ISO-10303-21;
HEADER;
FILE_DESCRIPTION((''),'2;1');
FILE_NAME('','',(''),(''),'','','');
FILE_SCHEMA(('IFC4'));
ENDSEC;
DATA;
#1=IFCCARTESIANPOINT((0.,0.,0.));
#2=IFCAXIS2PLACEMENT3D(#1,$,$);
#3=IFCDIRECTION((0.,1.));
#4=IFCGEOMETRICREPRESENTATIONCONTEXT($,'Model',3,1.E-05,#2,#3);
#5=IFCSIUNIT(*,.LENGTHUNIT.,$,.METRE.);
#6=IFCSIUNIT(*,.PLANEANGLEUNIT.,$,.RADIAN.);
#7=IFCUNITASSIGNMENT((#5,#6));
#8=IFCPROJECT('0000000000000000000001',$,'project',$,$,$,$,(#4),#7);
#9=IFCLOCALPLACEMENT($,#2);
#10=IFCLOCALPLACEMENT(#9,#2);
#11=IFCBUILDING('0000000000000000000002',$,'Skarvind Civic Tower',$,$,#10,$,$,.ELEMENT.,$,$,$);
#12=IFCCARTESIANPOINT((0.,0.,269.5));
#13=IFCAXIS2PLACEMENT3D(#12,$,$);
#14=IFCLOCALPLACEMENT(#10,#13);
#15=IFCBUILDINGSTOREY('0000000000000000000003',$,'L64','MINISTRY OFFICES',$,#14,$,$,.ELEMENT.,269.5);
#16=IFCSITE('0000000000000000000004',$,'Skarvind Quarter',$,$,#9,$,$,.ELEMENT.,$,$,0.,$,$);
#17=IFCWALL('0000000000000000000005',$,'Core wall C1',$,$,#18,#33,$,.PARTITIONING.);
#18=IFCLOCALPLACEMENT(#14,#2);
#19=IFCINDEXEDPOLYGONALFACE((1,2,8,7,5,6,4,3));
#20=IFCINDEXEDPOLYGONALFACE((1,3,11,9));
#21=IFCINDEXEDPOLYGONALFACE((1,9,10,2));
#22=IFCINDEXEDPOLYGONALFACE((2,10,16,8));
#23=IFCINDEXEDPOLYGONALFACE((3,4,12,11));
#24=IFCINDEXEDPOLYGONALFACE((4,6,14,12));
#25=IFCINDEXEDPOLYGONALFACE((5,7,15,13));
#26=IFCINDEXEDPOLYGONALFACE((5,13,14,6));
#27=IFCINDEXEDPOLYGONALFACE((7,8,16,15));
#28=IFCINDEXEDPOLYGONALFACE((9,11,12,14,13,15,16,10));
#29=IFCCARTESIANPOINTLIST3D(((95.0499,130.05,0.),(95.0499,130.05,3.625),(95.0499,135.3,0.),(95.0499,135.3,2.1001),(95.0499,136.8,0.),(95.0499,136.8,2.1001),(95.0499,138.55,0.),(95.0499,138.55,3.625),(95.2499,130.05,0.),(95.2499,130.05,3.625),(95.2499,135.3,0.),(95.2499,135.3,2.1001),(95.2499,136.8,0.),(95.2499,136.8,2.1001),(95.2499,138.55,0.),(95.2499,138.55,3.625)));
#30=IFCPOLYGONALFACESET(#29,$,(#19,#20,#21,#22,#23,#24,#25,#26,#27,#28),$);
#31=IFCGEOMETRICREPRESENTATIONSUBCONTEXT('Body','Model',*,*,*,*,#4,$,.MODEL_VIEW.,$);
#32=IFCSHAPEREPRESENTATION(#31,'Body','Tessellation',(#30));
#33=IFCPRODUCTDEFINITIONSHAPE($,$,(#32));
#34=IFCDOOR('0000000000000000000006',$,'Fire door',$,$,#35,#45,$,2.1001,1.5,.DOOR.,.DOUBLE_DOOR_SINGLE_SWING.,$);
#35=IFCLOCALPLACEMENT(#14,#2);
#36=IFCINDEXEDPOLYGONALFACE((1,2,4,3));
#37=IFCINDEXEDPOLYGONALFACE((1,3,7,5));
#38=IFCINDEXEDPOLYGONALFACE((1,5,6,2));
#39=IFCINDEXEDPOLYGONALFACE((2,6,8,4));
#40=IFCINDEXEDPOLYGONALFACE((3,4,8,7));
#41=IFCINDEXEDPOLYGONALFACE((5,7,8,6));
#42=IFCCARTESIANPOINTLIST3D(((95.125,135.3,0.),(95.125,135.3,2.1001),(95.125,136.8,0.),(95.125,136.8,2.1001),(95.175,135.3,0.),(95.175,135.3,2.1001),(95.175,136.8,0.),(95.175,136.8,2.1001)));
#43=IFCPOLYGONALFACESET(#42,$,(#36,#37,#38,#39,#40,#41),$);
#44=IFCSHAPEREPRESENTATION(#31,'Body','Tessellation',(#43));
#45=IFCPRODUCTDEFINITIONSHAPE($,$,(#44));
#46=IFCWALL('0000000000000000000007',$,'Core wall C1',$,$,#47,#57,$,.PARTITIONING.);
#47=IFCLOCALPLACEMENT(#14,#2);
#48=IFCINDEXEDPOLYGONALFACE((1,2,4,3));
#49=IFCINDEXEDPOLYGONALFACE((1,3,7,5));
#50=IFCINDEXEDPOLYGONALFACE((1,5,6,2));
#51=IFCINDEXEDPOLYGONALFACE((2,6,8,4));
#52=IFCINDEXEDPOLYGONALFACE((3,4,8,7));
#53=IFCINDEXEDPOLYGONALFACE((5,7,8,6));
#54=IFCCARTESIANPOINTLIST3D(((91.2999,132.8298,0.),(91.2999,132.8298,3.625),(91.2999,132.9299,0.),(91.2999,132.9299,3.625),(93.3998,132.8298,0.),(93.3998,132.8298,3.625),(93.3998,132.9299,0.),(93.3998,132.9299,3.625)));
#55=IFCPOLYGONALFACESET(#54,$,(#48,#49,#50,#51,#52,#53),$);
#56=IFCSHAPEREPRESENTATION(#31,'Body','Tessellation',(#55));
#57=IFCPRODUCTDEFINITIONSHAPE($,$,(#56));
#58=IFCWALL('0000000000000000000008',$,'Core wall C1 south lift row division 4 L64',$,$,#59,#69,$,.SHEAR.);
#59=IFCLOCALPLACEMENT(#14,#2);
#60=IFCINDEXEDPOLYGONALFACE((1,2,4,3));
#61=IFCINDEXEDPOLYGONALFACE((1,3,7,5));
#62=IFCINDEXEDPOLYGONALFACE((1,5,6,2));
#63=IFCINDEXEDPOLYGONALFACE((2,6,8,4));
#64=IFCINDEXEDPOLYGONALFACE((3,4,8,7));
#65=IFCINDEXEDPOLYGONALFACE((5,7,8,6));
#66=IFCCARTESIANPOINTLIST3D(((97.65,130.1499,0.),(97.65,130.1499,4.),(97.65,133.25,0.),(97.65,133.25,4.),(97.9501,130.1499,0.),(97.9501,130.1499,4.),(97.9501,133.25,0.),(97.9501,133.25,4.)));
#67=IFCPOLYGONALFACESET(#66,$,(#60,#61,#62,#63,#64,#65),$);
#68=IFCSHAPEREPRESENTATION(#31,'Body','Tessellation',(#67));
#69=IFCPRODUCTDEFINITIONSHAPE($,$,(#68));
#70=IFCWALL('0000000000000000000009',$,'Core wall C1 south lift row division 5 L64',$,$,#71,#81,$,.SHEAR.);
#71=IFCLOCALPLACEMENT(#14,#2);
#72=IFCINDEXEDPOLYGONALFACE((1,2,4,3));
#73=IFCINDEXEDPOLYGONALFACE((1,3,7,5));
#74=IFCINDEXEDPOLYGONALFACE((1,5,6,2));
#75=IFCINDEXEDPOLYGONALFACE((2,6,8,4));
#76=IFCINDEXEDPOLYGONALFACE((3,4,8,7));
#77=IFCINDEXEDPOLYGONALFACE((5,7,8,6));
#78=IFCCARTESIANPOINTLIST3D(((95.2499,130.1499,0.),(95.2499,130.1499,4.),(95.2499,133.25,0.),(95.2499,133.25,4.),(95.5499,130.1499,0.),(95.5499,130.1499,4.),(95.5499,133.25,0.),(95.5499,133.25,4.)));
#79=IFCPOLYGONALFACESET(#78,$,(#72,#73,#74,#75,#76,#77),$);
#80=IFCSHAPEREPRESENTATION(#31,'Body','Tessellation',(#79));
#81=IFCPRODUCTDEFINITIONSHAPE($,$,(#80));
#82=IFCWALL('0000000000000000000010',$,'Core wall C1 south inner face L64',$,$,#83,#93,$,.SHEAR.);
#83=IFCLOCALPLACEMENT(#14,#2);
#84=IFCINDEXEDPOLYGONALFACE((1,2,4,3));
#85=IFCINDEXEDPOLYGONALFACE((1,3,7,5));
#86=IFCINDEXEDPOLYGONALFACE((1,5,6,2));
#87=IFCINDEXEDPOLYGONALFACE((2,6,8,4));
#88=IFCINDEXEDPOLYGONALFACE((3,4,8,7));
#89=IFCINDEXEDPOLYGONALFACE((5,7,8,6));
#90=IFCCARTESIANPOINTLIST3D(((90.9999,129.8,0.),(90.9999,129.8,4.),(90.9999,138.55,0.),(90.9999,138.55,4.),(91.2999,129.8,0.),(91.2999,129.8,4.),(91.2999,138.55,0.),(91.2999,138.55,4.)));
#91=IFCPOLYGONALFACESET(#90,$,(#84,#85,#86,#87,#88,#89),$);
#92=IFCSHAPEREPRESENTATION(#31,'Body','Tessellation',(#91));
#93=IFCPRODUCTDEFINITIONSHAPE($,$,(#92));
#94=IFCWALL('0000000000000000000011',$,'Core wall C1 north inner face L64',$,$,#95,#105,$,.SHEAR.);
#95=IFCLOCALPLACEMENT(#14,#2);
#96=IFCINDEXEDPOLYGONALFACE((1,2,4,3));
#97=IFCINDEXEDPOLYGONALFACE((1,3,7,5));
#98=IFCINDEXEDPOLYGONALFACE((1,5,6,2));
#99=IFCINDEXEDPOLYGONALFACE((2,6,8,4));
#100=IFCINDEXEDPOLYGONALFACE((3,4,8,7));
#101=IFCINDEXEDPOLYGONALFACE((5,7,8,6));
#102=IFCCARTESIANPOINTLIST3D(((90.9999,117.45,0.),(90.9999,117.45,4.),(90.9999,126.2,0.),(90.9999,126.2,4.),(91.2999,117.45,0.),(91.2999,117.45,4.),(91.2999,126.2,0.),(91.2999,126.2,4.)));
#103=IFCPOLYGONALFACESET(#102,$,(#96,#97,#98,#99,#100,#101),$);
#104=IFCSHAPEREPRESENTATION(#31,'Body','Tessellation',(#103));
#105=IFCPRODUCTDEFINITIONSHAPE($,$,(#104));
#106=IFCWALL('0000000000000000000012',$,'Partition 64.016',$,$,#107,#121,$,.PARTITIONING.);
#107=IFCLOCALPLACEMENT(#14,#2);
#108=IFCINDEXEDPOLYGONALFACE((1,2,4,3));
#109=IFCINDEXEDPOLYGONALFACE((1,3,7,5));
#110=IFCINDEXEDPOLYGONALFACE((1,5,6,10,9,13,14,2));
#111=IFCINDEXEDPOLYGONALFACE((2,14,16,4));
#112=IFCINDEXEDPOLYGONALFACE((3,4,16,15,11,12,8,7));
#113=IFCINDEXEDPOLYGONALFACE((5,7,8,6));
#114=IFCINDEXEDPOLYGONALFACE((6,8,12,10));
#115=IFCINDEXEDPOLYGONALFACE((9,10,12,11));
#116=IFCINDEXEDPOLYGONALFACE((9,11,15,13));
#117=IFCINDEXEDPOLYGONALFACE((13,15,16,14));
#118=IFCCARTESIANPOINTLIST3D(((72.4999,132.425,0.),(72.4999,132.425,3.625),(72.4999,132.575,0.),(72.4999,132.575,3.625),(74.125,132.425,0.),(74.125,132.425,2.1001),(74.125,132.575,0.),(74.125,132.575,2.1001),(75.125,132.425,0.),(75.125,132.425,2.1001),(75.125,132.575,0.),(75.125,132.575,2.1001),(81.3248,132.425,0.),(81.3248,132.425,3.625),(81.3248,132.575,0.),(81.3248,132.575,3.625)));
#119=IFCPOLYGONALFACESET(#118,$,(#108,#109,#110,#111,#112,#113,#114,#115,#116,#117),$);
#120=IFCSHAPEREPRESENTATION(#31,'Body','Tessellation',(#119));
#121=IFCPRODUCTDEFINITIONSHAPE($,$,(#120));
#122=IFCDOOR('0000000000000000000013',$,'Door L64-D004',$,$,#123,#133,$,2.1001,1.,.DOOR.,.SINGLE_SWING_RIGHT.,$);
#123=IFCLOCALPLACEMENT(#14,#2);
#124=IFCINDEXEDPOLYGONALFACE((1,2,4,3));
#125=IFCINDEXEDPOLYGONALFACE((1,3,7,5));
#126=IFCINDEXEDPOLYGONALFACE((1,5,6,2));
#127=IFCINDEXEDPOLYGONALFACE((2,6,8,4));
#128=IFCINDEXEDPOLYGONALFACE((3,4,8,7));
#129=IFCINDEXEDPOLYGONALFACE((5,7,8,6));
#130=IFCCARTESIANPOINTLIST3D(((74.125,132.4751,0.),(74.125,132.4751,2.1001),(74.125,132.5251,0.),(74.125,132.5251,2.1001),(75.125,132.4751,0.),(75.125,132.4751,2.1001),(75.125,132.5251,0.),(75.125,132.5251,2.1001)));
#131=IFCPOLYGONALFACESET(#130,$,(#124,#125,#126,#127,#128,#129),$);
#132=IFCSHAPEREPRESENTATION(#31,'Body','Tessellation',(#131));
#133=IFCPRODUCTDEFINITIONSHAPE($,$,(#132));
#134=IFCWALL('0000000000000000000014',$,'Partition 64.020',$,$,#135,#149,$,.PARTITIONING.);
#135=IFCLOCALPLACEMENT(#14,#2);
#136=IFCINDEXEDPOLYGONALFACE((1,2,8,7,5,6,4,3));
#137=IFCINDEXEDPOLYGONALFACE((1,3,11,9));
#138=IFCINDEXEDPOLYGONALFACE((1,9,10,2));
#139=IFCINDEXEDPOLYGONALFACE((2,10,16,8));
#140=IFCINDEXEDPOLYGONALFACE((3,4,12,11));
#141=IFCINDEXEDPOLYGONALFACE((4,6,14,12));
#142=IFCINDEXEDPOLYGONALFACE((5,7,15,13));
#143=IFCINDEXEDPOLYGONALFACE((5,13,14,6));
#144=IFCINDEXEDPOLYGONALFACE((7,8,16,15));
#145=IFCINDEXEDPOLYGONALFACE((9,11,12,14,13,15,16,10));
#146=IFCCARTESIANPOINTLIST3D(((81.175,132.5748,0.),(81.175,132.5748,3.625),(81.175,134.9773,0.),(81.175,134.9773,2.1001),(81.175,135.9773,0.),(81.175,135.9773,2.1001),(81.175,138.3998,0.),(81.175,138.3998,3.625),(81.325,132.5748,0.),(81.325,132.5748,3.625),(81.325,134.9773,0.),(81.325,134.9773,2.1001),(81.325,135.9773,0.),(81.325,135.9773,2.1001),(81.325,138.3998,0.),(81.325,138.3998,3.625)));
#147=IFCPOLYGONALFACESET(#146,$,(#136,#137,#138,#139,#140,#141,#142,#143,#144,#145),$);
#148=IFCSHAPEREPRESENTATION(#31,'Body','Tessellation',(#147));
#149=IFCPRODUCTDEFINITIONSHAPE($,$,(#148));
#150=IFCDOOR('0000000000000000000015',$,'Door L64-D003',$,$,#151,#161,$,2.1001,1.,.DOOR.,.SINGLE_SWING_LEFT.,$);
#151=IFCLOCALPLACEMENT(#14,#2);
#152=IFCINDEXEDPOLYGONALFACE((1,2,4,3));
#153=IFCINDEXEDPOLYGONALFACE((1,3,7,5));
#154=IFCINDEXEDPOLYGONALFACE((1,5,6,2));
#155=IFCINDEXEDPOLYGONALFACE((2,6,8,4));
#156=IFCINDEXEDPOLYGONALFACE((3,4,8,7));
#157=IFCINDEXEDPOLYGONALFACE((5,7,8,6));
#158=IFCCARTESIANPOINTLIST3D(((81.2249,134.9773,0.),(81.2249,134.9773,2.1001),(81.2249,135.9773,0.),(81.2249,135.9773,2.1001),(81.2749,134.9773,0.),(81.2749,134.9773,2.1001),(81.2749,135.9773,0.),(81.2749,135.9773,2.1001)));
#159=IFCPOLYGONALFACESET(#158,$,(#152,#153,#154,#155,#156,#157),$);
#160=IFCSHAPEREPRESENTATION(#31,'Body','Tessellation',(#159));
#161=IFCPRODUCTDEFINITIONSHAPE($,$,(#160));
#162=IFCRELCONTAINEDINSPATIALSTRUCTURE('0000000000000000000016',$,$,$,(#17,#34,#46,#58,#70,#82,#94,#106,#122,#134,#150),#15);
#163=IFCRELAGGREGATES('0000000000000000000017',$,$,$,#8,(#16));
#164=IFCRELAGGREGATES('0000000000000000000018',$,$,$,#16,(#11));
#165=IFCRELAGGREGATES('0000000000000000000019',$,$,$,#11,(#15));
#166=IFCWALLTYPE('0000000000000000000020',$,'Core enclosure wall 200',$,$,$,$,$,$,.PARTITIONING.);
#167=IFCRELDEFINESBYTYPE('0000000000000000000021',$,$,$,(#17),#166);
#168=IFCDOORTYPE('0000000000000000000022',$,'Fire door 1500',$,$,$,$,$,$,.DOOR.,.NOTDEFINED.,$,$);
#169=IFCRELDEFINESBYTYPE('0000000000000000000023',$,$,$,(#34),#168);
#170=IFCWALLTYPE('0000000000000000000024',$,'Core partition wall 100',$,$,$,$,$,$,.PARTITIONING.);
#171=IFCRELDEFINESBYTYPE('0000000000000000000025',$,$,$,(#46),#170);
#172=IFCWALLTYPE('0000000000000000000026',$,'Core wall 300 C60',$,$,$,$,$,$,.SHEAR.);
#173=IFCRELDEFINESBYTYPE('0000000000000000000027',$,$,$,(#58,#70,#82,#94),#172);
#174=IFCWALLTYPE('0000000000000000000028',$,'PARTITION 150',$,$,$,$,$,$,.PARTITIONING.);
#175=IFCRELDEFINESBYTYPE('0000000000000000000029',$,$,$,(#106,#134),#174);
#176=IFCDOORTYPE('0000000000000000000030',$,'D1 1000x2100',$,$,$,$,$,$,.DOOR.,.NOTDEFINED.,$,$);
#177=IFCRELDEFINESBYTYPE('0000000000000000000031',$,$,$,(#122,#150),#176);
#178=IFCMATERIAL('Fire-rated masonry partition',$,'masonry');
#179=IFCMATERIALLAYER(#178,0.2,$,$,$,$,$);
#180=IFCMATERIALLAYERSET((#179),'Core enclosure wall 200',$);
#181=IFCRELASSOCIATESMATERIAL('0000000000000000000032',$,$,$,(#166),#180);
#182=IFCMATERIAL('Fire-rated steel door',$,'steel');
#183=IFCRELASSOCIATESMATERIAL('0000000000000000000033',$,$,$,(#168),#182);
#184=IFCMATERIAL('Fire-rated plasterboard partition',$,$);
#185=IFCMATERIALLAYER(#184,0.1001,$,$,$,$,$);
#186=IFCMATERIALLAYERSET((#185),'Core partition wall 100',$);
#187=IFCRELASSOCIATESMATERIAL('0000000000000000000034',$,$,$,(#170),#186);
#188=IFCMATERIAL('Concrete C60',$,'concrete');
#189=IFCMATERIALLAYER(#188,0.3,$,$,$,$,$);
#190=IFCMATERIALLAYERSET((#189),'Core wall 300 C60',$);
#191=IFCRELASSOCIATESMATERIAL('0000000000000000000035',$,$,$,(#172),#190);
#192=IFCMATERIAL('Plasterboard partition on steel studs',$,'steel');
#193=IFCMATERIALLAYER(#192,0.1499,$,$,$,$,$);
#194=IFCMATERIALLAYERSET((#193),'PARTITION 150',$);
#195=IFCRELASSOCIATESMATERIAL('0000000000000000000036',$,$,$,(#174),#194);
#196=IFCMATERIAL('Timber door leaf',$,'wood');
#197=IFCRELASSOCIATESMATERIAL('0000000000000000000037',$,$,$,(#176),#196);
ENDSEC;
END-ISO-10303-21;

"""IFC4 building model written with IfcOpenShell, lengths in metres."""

from ifc_helpers import new_model, si_unit, direction, frame, frame_2d, origin, place, context, subcontext, project, spatial, rectangle, extrude, material, layer, layer_set, type_object, element, fill, save


model = new_model("IFC4")

# Units and contexts
model_context = context("Model", 3, precision=1e-05, world=origin(), true_north=direction((0.0, 1.0)))
body_context = subcontext(model_context, "Body", "Model", "MODEL_VIEW")
ifc_project = project(units=[si_unit("LENGTHUNIT", "METRE"), si_unit("PLANEANGLEUNIT", "RADIAN")], contexts=[model_context])

# Site, building, storey
site_placement = place(None, origin())
site = spatial("IfcSite", under=ifc_project, at=site_placement, Name="Skarvind Quarter", CompositionType="ELEMENT", RefElevation=0.0)
building_placement = place(site_placement, origin())
building = spatial("IfcBuilding", under=site, at=building_placement, Name="Skarvind Civic Tower", CompositionType="ELEMENT")
storey_placement = place(building_placement, frame((0.0, 0.0, 269.5)))
storey = spatial("IfcBuildingStorey", under=building, at=storey_placement, Name="L64", Description="MINISTRY OFFICES", CompositionType="ELEMENT", Elevation=269.5)

# Shared definitions
ifc_material_1 = material(Name="Concrete C60", Category="concrete")

# Wall, opening, door
ifc_material_2 = material(Name="Timber door leaf", Category="wood")
ifc_material_3 = material(Name="Fire-rated masonry partition", Category="masonry")
ifc_layer_1 = layer(ifc_material_3, 0.2)
ifc_layer_set_1 = layer_set([ifc_layer_1], Name="Core enclosure wall 200")
wall_type_1 = type_object("IfcWallType", Name="Core enclosure wall 200", PredefinedType="PARTITIONING", material=ifc_layer_set_1)
ifc_material_4 = material(Name="Fire-rated steel door", Category="steel")
wall_1_placement = place(storey_placement, frame((95.1499, 130.05, 0.0), z_axis=(0.0, 0.0, 1.0), x_axis=(0.0, 1.0, 0.0)))
wall_1 = element("IfcWall", 1, at=wall_1_placement, inside=storey, type_object=wall_type_1, Name="Core wall C1", PredefinedType="PARTITIONING", context=body_context, shape_type="SweptSolid", body=[
    extrude(rectangle(XDim=8.5, YDim=0.2, at=frame_2d((4.25, 0.0))), origin(), (0.0, 0.0, 1.0), 3.625),
])
opening_1_placement = place(wall_1_placement, frame((5.25, 0.0, 0.0)))
opening_1 = element("IfcOpeningElement", 2, at=opening_1_placement, cuts=wall_1, PredefinedType="OPENING", context=body_context, shape_type="SweptSolid", body=[
    extrude(rectangle(XDim=1.5, YDim=2.1001, at=frame_2d((0.75, 1.05))), frame((0.0, 0.1099, 0.0), z_axis=(0.0, -1.0, 0.0), x_axis=(1.0, 0.0, 0.0)), (0.0, 0.0, 1.0), 0.22),
])
door_type_1 = type_object("IfcDoorType", Name="Fire door 1500", OperationType="NOTDEFINED", PredefinedType="DOOR", material=ifc_material_4)
door_1_placement = place(opening_1_placement, origin())
door_1 = element("IfcDoor", 3, at=door_1_placement, inside=storey, type_object=door_type_1, Name="Fire door", OperationType="DOUBLE_DOOR_SINGLE_SWING", OverallHeight=2.1001, OverallWidth=1.5, PredefinedType="DOOR", context=body_context, shape_type="SweptSolid", body=[
    extrude(rectangle(XDim=1.5, YDim=2.1001, at=frame_2d((0.75, 1.05))), frame((0.0, 0.0249, 0.0), z_axis=(0.0, -1.0, 0.0), x_axis=(1.0, 0.0, 0.0)), (0.0, 0.0, 1.0), 0.05),
])
fill(opening_1, door_1)

# Walls
ifc_material_5 = material(Name="Fire-rated plasterboard partition")
ifc_layer_2 = layer(ifc_material_5, 0.1001)
ifc_layer_set_2 = layer_set([ifc_layer_2], Name="Core partition wall 100")
wall_type_2 = type_object("IfcWallType", Name="Core partition wall 100", PredefinedType="PARTITIONING", material=ifc_layer_set_2)
wall_2_placement = place(storey_placement, frame((91.3, 132.8799, 0.0), z_axis=(0.0, 0.0, 1.0), x_axis=(1.0, 0.0, 0.0)))
element("IfcWall", 4, at=wall_2_placement, inside=storey, type_object=wall_type_2, Name="Core wall C1", PredefinedType="PARTITIONING", context=body_context, shape_type="SweptSolid", body=[
    extrude(rectangle(XDim=2.0999, YDim=0.1001, at=frame_2d((1.0498, 0.0))), origin(), (0.0, 0.0, 1.0), 3.625),
])
ifc_layer_3 = layer(ifc_material_1, 0.3)
ifc_layer_set_3 = layer_set([ifc_layer_3], Name="Core wall 300 C60")
wall_type_3 = type_object("IfcWallType", Name="Core wall 300 C60", PredefinedType="SHEAR", material=ifc_layer_set_3)
for number, where, z_axis, x_axis, name in (
    (5, (97.8, 133.25, 0.0), (0.0, 0.0, 1.0), (0.0, -1.0, 0.0), "Core wall C1 south lift row division 4 L64"),
    (6, (95.3999, 133.25, 0.0), (0.0, 0.0, 1.0), (0.0, -1.0, 0.0), "Core wall C1 south lift row division 5 L64"),
):
    element("IfcWall", number, at=place(storey_placement, frame(where, z_axis=z_axis, x_axis=x_axis)), inside=storey, type_object=wall_type_3, Name=name, PredefinedType="SHEAR", context=body_context, shape_type="SweptSolid", body=[
        extrude(rectangle(XDim=3.1001, YDim=0.3, at=frame_2d((1.55, 0.0))), origin(), (0.0, 0.0, 1.0), 4.0),
    ])
for number, where, z_axis, x_axis, name in (
    (7, (91.1499, 138.55, 0.0), (0.0, 0.0, 1.0), (0.0, -1.0, 0.0), "Core wall C1 south inner face L64"),
    (8, (91.1499, 126.2, 0.0), (0.0, 0.0, 1.0), (0.0, -1.0, 0.0), "Core wall C1 north inner face L64"),
):
    element("IfcWall", number, at=place(storey_placement, frame(where, z_axis=z_axis, x_axis=x_axis)), inside=storey, type_object=wall_type_3, Name=name, PredefinedType="SHEAR", context=body_context, shape_type="SweptSolid", body=[
        extrude(rectangle(XDim=8.75, YDim=0.3, at=frame_2d((4.375, 0.0))), origin(), (0.0, 0.0, 1.0), 4.0),
    ])

# Walls, openings, doors
ifc_material_6 = material(Name="Plasterboard partition on steel studs", Category="steel")
ifc_layer_4 = layer(ifc_material_6, 0.1499)
ifc_layer_set_4 = layer_set([ifc_layer_4], Name="PARTITION 150")
wall_type_4 = type_object("IfcWallType", Name="PARTITION 150", PredefinedType="PARTITIONING", material=ifc_layer_set_4)
wall_3_placement = place(storey_placement, frame((81.325, 132.5, 0.0), z_axis=(0.0, 0.0, 1.0), x_axis=(-1.0, 0.0, 0.0)))
wall_3 = element("IfcWall", 9, at=wall_3_placement, inside=storey, type_object=wall_type_4, Name="Partition 64.016", PredefinedType="PARTITIONING", context=body_context, shape_type="SweptSolid", body=[
    extrude(rectangle(XDim=8.825, YDim=0.1499, at=frame_2d((4.4126, 0.0))), origin(), (0.0, 0.0, 1.0), 3.625),
])
opening_2_placement = place(wall_3_placement, frame((6.2, 0.0, 0.0)))
opening_2 = element("IfcOpeningElement", 10, at=opening_2_placement, cuts=wall_3, PredefinedType="OPENING", context=body_context, shape_type="SweptSolid", body=[
    extrude(rectangle(XDim=1.0, YDim=2.1001, at=frame_2d((0.5, 1.05))), frame((0.0, 0.085, 0.0), z_axis=(0.0, -1.0, 0.0), x_axis=(1.0, 0.0, 0.0)), (0.0, 0.0, 1.0), 0.1699),
])
door_type_2 = type_object("IfcDoorType", Name="D1 1000x2100", OperationType="NOTDEFINED", PredefinedType="DOOR", material=ifc_material_2)
door_2_placement = place(opening_2_placement, origin())
door_2 = element("IfcDoor", 11, at=door_2_placement, inside=storey, type_object=door_type_2, Name="Door L64-D004", OperationType="SINGLE_SWING_RIGHT", OverallHeight=2.1001, OverallWidth=1.0, PredefinedType="DOOR", context=body_context, shape_type="SweptSolid", body=[
    extrude(rectangle(XDim=1.0, YDim=2.1001, at=frame_2d((0.5, 1.05))), frame((0.0, 0.0249, 0.0), z_axis=(0.0, -1.0, 0.0), x_axis=(1.0, 0.0, 0.0)), (0.0, 0.0, 1.0), 0.05),
])
fill(opening_2, door_2)
wall_4_placement = place(storey_placement, frame((81.25, 138.3999, 0.0), z_axis=(0.0, 0.0, 1.0), x_axis=(0.0, -1.0, 0.0)))
wall_4 = element("IfcWall", 12, at=wall_4_placement, inside=storey, type_object=wall_type_4, Name="Partition 64.020", PredefinedType="PARTITIONING", context=body_context, shape_type="SweptSolid", body=[
    extrude(rectangle(XDim=5.825, YDim=0.1499, at=frame_2d((2.9126, 0.0))), origin(), (0.0, 0.0, 1.0), 3.625),
])
opening_3_placement = place(wall_4_placement, frame((2.4226, 0.0, 0.0)))
opening_3 = element("IfcOpeningElement", 13, at=opening_3_placement, cuts=wall_4, PredefinedType="OPENING", context=body_context, shape_type="SweptSolid", body=[
    extrude(rectangle(XDim=1.0, YDim=2.1001, at=frame_2d((0.5, 1.05))), frame((0.0, 0.085, 0.0), z_axis=(0.0, -1.0, 0.0), x_axis=(1.0, 0.0, 0.0)), (0.0, 0.0, 1.0), 0.1699),
])
door_3_placement = place(opening_3_placement, origin())
door_3 = element("IfcDoor", 14, at=door_3_placement, inside=storey, type_object=door_type_2, Name="Door L64-D003", OperationType="SINGLE_SWING_LEFT", OverallHeight=2.1001, OverallWidth=1.0, PredefinedType="DOOR", context=body_context, shape_type="SweptSolid", body=[
    extrude(rectangle(XDim=1.0, YDim=2.1001, at=frame_2d((0.5, 1.05))), frame((0.0, 0.0249, 0.0), z_axis=(0.0, -1.0, 0.0), x_axis=(1.0, 0.0, 0.0)), (0.0, 0.0, 1.0), 0.05),
])
fill(opening_3, door_3)

save(model, "model.ifc")
